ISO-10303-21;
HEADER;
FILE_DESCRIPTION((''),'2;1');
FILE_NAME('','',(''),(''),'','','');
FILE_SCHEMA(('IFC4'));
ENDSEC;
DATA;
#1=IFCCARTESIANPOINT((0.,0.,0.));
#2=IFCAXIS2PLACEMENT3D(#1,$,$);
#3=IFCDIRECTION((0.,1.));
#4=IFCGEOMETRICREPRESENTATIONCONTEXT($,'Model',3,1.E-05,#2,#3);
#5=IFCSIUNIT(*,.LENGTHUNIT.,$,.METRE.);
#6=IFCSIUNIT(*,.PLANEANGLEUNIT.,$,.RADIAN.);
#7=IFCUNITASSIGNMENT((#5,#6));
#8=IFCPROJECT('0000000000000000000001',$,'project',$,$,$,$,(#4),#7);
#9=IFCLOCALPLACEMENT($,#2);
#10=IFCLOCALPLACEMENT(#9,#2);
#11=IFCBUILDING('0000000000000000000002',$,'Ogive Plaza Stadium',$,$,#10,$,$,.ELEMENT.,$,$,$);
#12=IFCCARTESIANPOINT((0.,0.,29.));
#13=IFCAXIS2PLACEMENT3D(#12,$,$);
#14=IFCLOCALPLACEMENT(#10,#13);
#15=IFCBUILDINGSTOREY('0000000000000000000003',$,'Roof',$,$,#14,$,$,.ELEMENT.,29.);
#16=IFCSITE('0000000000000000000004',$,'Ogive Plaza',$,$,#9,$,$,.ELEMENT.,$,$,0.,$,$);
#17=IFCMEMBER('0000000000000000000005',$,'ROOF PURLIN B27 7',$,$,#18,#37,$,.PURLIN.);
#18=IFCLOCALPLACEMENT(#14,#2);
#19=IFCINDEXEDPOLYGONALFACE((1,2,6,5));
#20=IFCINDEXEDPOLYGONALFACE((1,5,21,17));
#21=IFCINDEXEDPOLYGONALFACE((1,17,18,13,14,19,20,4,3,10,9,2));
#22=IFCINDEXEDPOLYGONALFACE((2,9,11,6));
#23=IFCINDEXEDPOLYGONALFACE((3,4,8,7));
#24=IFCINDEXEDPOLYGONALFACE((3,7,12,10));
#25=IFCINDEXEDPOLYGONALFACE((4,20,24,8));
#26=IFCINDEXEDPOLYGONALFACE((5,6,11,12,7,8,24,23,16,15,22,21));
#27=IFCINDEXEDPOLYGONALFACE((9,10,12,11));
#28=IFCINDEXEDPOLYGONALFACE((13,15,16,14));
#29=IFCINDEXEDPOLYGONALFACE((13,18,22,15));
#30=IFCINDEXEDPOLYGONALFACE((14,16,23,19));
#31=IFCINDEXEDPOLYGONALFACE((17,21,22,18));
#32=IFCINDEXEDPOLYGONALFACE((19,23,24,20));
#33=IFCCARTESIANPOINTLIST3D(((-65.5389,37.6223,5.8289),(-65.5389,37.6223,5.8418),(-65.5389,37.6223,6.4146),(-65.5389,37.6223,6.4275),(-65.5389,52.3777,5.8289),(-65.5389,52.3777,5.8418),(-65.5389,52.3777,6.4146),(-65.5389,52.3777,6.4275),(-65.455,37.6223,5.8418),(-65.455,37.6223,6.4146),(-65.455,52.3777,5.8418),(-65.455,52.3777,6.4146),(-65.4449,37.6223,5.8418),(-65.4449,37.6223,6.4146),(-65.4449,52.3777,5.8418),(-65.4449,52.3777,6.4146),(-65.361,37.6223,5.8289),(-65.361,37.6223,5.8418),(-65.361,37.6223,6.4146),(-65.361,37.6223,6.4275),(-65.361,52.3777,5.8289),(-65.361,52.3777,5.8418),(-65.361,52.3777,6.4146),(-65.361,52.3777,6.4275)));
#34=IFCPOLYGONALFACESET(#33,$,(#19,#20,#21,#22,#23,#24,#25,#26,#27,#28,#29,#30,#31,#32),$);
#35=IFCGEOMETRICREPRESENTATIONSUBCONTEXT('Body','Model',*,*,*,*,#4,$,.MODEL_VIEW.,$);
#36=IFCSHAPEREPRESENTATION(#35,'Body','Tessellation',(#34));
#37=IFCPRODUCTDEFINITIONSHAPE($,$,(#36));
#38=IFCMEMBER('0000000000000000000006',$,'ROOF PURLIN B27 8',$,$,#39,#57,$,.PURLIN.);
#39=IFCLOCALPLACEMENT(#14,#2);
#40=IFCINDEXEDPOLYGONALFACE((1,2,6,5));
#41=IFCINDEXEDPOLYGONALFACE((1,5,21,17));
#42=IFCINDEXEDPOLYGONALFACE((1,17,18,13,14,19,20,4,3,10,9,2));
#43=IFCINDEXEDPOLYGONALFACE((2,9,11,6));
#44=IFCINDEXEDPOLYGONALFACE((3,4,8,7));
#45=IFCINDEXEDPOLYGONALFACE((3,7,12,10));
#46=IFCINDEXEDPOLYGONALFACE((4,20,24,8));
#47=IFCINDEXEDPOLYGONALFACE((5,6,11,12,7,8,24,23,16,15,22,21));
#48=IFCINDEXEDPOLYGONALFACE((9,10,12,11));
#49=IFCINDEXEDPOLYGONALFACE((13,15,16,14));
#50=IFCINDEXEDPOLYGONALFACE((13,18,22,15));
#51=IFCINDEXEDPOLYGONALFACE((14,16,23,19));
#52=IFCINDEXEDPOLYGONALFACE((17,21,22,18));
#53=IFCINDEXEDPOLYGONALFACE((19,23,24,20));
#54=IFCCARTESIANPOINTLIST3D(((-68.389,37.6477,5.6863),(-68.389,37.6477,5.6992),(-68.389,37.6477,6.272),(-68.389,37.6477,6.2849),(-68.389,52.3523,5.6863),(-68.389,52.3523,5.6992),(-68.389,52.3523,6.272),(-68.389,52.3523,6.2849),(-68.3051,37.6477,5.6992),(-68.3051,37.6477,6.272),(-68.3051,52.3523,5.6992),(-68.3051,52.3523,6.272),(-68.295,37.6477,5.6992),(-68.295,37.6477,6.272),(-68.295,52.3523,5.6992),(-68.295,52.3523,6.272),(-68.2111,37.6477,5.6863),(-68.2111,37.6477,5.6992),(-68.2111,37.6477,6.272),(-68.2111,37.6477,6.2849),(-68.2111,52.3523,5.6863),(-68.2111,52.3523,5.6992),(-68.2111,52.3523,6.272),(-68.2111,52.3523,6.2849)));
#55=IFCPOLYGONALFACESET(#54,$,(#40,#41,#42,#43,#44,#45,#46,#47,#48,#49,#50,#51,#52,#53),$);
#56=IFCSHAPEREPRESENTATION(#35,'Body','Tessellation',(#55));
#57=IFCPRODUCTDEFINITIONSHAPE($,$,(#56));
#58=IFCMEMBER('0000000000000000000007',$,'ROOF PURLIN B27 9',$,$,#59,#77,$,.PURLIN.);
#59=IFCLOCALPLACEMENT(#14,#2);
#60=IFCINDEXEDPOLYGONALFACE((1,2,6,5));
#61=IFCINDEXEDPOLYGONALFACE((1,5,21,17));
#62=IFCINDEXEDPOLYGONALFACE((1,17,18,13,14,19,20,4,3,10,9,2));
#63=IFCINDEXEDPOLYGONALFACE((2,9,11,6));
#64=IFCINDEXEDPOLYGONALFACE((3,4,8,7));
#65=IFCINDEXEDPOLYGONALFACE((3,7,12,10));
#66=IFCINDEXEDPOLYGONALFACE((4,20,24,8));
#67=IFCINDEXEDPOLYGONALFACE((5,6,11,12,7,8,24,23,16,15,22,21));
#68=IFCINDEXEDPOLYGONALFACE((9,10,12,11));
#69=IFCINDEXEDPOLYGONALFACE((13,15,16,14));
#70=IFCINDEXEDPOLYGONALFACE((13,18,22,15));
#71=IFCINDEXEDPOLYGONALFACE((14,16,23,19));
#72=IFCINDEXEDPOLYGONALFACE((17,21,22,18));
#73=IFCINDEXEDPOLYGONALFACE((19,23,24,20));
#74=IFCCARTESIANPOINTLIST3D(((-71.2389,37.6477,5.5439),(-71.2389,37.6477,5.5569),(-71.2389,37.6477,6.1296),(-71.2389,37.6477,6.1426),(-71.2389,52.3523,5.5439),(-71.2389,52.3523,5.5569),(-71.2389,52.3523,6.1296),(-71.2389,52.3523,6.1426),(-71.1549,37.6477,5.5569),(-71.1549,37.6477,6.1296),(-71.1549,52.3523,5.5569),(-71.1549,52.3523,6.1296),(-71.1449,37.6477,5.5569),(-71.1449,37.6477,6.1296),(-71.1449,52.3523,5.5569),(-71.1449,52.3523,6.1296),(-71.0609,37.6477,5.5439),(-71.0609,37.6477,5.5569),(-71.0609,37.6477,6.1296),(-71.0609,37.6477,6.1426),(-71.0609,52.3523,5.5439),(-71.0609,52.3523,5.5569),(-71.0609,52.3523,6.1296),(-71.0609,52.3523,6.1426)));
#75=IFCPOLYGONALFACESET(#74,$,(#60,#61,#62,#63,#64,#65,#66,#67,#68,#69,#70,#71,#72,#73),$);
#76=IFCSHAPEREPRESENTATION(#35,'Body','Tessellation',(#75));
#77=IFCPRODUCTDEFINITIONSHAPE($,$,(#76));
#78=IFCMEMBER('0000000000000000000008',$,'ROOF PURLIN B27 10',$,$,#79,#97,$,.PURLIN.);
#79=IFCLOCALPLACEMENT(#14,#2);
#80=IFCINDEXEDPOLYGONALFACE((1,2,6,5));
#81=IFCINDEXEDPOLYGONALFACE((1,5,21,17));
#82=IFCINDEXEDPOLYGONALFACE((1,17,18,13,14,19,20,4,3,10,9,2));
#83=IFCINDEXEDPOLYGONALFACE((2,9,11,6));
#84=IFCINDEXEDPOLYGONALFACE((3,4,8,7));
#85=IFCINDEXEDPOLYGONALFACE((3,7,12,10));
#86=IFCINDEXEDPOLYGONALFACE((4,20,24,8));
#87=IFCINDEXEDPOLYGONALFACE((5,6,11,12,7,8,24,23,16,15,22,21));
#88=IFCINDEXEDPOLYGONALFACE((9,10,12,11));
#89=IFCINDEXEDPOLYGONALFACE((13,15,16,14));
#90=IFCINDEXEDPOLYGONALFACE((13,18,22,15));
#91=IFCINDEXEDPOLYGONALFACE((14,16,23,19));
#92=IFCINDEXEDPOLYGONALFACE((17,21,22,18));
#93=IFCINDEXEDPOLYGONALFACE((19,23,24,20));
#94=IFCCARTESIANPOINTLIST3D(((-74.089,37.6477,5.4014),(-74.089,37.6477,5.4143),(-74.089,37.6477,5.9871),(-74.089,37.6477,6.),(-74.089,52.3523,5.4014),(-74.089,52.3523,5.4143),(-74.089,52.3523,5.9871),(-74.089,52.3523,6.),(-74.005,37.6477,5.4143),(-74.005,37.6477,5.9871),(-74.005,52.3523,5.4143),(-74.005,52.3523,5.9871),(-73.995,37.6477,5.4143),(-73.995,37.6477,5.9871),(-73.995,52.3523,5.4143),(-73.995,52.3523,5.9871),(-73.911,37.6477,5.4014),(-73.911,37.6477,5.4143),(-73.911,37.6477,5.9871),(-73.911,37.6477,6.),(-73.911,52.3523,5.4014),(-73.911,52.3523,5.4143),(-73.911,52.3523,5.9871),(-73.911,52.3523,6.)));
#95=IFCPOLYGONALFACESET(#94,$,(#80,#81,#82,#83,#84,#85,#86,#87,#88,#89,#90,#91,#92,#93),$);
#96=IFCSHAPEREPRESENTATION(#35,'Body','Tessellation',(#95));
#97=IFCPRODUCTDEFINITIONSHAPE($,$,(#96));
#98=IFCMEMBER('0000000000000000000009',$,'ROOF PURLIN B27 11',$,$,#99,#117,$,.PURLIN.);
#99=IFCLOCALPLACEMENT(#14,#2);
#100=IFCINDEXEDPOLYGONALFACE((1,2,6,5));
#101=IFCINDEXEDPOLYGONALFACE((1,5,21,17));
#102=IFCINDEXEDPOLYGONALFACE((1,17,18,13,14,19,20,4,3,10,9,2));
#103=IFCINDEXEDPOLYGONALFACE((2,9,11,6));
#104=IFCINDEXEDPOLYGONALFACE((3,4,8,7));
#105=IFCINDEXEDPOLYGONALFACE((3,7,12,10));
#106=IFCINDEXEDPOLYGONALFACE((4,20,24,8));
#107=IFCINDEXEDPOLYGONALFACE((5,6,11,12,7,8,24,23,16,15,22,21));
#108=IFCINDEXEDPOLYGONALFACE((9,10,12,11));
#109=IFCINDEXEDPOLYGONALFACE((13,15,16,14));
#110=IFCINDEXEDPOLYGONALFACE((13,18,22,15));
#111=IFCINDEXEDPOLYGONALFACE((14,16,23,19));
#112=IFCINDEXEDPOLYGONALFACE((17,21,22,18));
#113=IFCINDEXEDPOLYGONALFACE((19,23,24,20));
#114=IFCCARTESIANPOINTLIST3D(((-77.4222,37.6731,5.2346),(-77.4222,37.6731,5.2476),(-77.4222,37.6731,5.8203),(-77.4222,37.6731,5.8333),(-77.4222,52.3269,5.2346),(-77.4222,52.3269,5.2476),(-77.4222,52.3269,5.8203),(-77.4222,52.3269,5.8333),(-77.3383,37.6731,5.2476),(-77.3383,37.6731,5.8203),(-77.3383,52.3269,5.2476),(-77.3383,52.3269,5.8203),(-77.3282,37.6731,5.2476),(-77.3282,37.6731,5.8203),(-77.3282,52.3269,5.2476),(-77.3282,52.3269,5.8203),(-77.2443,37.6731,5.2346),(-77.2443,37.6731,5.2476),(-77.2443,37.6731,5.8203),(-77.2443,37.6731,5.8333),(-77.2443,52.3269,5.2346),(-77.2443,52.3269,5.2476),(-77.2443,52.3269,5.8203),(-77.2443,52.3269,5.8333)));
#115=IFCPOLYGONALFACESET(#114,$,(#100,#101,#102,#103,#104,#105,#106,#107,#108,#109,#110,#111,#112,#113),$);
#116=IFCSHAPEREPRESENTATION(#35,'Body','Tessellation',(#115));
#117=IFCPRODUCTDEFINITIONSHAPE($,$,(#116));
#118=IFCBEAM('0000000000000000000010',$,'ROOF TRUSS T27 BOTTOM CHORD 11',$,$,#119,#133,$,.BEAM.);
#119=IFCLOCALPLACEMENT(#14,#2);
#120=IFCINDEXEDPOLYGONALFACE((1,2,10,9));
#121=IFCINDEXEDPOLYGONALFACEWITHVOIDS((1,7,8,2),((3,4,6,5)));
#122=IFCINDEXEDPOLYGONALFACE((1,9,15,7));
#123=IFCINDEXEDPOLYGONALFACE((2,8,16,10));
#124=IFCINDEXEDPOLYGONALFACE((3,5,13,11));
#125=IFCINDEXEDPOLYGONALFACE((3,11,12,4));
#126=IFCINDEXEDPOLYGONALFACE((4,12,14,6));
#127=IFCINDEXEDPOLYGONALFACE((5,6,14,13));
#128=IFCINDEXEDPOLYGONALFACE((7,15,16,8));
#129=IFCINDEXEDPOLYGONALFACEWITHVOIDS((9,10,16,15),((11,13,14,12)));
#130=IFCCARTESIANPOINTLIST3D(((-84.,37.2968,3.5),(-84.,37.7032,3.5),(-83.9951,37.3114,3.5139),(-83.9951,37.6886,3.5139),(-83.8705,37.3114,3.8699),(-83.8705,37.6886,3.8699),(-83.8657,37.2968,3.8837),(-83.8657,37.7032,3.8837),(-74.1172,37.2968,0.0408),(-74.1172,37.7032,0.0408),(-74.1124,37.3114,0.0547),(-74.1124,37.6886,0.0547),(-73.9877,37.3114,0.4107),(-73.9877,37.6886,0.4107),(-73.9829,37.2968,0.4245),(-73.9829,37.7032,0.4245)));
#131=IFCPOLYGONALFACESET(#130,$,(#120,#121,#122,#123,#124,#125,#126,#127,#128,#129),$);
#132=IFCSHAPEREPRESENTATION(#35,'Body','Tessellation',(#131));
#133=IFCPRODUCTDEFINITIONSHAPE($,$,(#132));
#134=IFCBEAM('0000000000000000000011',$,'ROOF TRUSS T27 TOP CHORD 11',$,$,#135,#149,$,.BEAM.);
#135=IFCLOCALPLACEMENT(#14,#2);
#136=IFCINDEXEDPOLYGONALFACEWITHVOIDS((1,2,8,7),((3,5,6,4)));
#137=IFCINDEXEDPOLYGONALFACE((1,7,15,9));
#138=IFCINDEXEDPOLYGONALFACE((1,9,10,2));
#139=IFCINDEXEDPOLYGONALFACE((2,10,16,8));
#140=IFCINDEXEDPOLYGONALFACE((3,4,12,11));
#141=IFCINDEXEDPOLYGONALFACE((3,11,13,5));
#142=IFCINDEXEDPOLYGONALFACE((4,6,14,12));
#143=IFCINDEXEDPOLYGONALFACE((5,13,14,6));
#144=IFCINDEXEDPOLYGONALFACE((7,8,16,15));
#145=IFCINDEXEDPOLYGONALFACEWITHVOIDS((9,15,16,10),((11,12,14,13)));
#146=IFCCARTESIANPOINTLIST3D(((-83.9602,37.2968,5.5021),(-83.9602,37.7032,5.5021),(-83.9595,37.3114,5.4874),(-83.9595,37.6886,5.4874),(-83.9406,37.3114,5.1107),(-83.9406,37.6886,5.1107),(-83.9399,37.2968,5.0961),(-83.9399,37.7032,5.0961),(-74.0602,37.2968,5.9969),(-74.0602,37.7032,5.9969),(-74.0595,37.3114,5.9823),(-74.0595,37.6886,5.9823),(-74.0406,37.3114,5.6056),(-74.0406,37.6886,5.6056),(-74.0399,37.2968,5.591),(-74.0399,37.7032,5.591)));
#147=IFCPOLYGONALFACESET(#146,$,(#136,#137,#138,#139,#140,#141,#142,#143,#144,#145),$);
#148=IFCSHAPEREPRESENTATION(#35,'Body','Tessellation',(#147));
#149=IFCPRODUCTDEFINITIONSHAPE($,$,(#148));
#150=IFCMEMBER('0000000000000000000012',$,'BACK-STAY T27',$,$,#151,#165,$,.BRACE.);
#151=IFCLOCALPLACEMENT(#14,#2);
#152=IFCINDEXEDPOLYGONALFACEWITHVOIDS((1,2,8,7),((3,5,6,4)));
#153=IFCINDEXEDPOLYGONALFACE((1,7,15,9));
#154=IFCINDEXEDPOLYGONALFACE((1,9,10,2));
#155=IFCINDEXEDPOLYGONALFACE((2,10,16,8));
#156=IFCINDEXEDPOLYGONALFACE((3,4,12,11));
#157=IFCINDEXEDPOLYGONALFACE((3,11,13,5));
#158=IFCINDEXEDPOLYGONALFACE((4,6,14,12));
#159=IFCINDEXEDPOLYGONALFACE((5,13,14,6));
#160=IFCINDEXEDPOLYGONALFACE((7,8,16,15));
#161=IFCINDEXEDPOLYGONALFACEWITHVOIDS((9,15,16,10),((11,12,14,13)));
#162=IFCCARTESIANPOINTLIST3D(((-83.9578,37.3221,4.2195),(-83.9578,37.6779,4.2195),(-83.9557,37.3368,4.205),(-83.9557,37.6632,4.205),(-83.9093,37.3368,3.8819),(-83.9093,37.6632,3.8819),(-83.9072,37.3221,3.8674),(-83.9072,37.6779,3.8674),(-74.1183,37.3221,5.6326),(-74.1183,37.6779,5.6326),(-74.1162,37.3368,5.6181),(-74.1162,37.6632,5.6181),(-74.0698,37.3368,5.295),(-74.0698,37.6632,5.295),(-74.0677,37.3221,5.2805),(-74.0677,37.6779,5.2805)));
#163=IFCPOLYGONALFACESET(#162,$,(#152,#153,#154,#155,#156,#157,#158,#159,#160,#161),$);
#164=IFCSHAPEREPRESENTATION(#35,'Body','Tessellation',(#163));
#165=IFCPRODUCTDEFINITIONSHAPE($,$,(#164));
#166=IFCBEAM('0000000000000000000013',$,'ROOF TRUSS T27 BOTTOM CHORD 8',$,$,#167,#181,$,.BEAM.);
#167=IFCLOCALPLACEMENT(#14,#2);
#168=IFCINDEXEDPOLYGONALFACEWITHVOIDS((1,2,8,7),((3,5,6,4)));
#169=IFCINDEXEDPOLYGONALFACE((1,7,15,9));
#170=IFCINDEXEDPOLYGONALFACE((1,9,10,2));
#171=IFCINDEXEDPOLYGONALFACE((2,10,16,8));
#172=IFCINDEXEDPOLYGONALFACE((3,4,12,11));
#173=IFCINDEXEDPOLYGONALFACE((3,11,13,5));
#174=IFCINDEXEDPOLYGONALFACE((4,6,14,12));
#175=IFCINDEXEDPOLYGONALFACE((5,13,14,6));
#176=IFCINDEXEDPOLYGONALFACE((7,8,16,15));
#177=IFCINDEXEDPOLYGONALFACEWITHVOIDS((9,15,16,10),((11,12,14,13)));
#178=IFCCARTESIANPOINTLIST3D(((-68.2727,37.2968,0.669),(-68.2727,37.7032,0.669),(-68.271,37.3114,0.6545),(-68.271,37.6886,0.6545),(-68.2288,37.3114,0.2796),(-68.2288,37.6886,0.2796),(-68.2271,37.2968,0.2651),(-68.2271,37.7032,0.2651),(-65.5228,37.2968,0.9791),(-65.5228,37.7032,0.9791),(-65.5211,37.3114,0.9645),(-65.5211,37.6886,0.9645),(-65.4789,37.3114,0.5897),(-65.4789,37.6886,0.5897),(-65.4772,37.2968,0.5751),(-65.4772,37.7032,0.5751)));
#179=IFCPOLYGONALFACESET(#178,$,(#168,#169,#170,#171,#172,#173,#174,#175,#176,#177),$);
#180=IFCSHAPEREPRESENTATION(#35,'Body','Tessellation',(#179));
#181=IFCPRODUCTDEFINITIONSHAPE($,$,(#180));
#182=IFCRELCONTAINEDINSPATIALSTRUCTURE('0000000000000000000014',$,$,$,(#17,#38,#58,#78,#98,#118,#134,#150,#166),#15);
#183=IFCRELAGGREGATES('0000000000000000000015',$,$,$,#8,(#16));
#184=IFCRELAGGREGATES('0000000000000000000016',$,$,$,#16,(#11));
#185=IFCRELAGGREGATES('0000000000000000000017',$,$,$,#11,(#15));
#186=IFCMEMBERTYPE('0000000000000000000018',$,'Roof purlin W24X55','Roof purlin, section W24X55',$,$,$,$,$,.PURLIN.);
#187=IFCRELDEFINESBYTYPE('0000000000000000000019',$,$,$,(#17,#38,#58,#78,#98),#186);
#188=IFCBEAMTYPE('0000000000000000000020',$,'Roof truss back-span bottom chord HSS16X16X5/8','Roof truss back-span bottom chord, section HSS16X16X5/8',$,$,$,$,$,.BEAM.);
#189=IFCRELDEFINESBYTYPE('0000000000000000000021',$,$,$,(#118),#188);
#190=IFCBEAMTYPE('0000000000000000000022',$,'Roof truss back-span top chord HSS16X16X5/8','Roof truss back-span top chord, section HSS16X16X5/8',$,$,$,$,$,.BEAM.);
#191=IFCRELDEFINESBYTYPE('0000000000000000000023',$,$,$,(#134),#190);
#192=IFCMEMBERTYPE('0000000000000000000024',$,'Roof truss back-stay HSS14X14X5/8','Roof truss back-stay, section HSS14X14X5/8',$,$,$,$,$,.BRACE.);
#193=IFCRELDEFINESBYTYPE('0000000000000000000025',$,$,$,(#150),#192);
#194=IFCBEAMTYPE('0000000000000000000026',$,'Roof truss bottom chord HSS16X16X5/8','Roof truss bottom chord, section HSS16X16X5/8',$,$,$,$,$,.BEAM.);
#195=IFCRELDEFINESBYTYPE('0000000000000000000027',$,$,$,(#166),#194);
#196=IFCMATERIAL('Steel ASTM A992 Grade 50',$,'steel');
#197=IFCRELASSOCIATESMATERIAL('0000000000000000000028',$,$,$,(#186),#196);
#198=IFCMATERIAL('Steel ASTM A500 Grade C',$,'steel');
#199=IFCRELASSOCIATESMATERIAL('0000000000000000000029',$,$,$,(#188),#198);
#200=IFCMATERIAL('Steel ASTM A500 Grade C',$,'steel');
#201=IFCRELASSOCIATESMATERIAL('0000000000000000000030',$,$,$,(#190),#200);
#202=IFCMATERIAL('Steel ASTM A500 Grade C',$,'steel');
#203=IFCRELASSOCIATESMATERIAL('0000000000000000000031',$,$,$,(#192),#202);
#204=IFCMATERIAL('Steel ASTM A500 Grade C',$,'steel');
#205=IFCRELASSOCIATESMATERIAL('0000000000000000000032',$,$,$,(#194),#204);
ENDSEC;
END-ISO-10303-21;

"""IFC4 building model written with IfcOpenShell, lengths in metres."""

from ifc_helpers import new_model, si_unit, direction, frame, origin, origin_2d, place, context, subcontext, project, spatial, hollow_rectangle, i_section, extrude, material, material_profile, profile_set, type_object, element, save


model = new_model("IFC4")

# Units and contexts
model_context = context("Model", 3, precision=1e-05, world=origin(), true_north=direction((0.0, 1.0)))
body_context = subcontext(model_context, "Body", "Model", "MODEL_VIEW")
ifc_project = project(units=[si_unit("LENGTHUNIT", "METRE"), si_unit("PLANEANGLEUNIT", "RADIAN")], contexts=[model_context])

# Site, building, storey
site_placement = place(None, origin())
site = spatial("IfcSite", under=ifc_project, at=site_placement, Name="Ogive Plaza", CompositionType="ELEMENT", RefElevation=0.0)
building_placement = place(site_placement, origin())
building = spatial("IfcBuilding", under=site, at=building_placement, Name="Ogive Plaza Stadium", CompositionType="ELEMENT")
storey_placement = place(building_placement, frame((0.0, 0.0, 29.0)))
storey = spatial("IfcBuildingStorey", under=building, at=storey_placement, Name="Roof", CompositionType="ELEMENT", Elevation=29.0)

# Members
ifc_material_1 = material(Name="Steel ASTM A992 Grade 50", Category="steel")
ifc_material_profile_1 = material_profile(ifc_material_1, i_section(OverallWidth=0.178, OverallDepth=0.5986, WebThickness=0.01, FlangeThickness=0.0129, at=origin_2d()), Name="W24X55")
ifc_profile_set_1 = profile_set([ifc_material_profile_1], Name="Steel ASTM A992 Grade 50")
member_type_1 = type_object("IfcMemberType", Name="Roof purlin W24X55", Description="Roof purlin, section W24X55", PredefinedType="PURLIN", material=ifc_profile_set_1)
member_1_placement = place(storey_placement, frame((-65.45, 37.6223, 6.1282), z_axis=(0.0, 1.0, 0.0), x_axis=(-1.0, 0.0, 0.0)))
element("IfcMember", 1, at=member_1_placement, inside=storey, type_object=member_type_1, Name="ROOF PURLIN B27 7", PredefinedType="PURLIN", context=body_context, shape_type="SweptSolid", body=[
    extrude(i_section(OverallWidth=0.178, OverallDepth=0.5986, WebThickness=0.01, FlangeThickness=0.0129, at=origin_2d()), origin(), (0.0, 0.0, 1.0), 14.7554),
])
for number, where, z_axis, x_axis, name in (
    (2, (-68.3, 37.6477, 5.9856), (0.0, 1.0, 0.0), (-1.0, 0.0, 0.0), "ROOF PURLIN B27 8"),
    (3, (-71.1499, 37.6477, 5.8433), (0.0, 1.0, 0.0), (-1.0, 0.0, 0.0), "ROOF PURLIN B27 9"),
    (4, (-74.0, 37.6477, 5.7007), (0.0, 1.0, 0.0), (-1.0, 0.0, 0.0), "ROOF PURLIN B27 10"),
):
    element("IfcMember", number, at=place(storey_placement, frame(where, z_axis=z_axis, x_axis=x_axis)), inside=storey, type_object=member_type_1, Name=name, PredefinedType="PURLIN", context=body_context, shape_type="SweptSolid", body=[
        extrude(i_section(OverallWidth=0.178, OverallDepth=0.5986, WebThickness=0.01, FlangeThickness=0.0129, at=origin_2d()), origin(), (0.0, 0.0, 1.0), 14.7046),
    ])
member_2_placement = place(storey_placement, frame((-77.3333, 37.6731, 5.5339), z_axis=(0.0, 1.0, 0.0), x_axis=(-1.0, 0.0, 0.0)))
element("IfcMember", 5, at=member_2_placement, inside=storey, type_object=member_type_1, Name="ROOF PURLIN B27 11", PredefinedType="PURLIN", context=body_context, shape_type="SweptSolid", body=[
    extrude(i_section(OverallWidth=0.178, OverallDepth=0.5986, WebThickness=0.01, FlangeThickness=0.0129, at=origin_2d()), origin(), (0.0, 0.0, 1.0), 14.6538),
])

# Beams
ifc_material_2 = material(Name="Steel ASTM A500 Grade C", Category="steel")
ifc_material_profile_2 = material_profile(ifc_material_2, hollow_rectangle(XDim=0.4065, YDim=0.4065, WallThickness=0.0146, at=origin_2d()), Name="HSS16X16X5/8")
ifc_profile_set_2 = profile_set([ifc_material_profile_2], Name="Steel ASTM A500 Grade C")
beam_type_1 = type_object("IfcBeamType", Name="Roof truss back-span bottom chord HSS16X16X5/8", Description="Roof truss back-span bottom chord, section HSS16X16X5/8", PredefinedType="BEAM", material=ifc_profile_set_2)
beam_1_placement = place(storey_placement, frame((-74.05, 37.5, 0.2327), z_axis=(-0.943851, 0.0, 0.330371), x_axis=(0.0, -1.0, 0.0)))
element("IfcBeam", 6, at=beam_1_placement, inside=storey, type_object=beam_type_1, Name="ROOF TRUSS T27 BOTTOM CHORD 11", PredefinedType="BEAM", context=body_context, shape_type="SweptSolid", body=[
    extrude(hollow_rectangle(XDim=0.4065, YDim=0.4065, WallThickness=0.0146, at=origin_2d()), origin(), (0.0, 0.0, 1.0), 10.4707),
])
ifc_material_3 = material(Name="Steel ASTM A500 Grade C", Category="steel")
ifc_material_profile_3 = material_profile(ifc_material_3, hollow_rectangle(XDim=0.4065, YDim=0.4065, WallThickness=0.0146, at=origin_2d()), Name="HSS16X16X5/8")
ifc_profile_set_3 = profile_set([ifc_material_profile_3], Name="Steel ASTM A500 Grade C")
beam_type_2 = type_object("IfcBeamType", Name="Roof truss back-span top chord HSS16X16X5/8", Description="Roof truss back-span top chord, section HSS16X16X5/8", PredefinedType="BEAM", material=ifc_profile_set_3)
beam_2_placement = place(storey_placement, frame((-74.05, 37.5, 5.7939), z_axis=(-0.998753, 0.0, -0.049925), x_axis=(0.0, -1.0, 0.0)))
element("IfcBeam", 7, at=beam_2_placement, inside=storey, type_object=beam_type_2, Name="ROOF TRUSS T27 TOP CHORD 11", PredefinedType="BEAM", context=body_context, shape_type="SweptSolid", body=[
    extrude(hollow_rectangle(XDim=0.4065, YDim=0.4065, WallThickness=0.0146, at=origin_2d()), origin(), (0.0, 0.0, 1.0), 9.9124),
])

# Member
ifc_material_4 = material(Name="Steel ASTM A500 Grade C", Category="steel")
ifc_material_profile_4 = material_profile(ifc_material_4, hollow_rectangle(XDim=0.3557, YDim=0.3557, WallThickness=0.0146, at=origin_2d()), Name="HSS14X14X5/8")
ifc_profile_set_4 = profile_set([ifc_material_profile_4], Name="Steel ASTM A500 Grade C")
member_type_2 = type_object("IfcMemberType", Name="Roof truss back-stay HSS14X14X5/8", Description="Roof truss back-stay, section HSS14X14X5/8", PredefinedType="BRACE", material=ifc_profile_set_4)
member_3_placement = place(storey_placement, frame((-74.093, 37.5, 5.4565), z_axis=(-0.989844, 0.0, -0.142157), x_axis=(0.0, -1.0, 0.0)))
element("IfcMember", 8, at=member_3_placement, inside=storey, type_object=member_type_2, Name="BACK-STAY T27", PredefinedType="BRACE", context=body_context, shape_type="SweptSolid", body=[
    extrude(hollow_rectangle(XDim=0.3557, YDim=0.3557, WallThickness=0.0146, at=origin_2d()), origin(), (0.0, 0.0, 1.0), 9.9404),
])

# Beam
ifc_material_5 = material(Name="Steel ASTM A500 Grade C", Category="steel")
ifc_material_profile_5 = material_profile(ifc_material_5, hollow_rectangle(XDim=0.4065, YDim=0.4065, WallThickness=0.0146, at=origin_2d()), Name="HSS16X16X5/8")
ifc_profile_set_5 = profile_set([ifc_material_profile_5], Name="Steel ASTM A500 Grade C")
beam_type_3 = type_object("IfcBeamType", Name="Roof truss bottom chord HSS16X16X5/8", Description="Roof truss bottom chord, section HSS16X16X5/8", PredefinedType="BEAM", material=ifc_profile_set_5)
beam_3_placement = place(storey_placement, frame((-65.5, 37.5, 0.7771), z_axis=(-0.993704, 0.0, -0.112039), x_axis=(0.0, -1.0, 0.0)))
element("IfcBeam", 9, at=beam_3_placement, inside=storey, type_object=beam_type_3, Name="ROOF TRUSS T27 BOTTOM CHORD 8", PredefinedType="BEAM", context=body_context, shape_type="SweptSolid", body=[
    extrude(hollow_rectangle(XDim=0.4065, YDim=0.4065, WallThickness=0.0146, at=origin_2d()), origin(), (0.0, 0.0, 1.0), 2.7673),
])

save(model, "model.ifc")
